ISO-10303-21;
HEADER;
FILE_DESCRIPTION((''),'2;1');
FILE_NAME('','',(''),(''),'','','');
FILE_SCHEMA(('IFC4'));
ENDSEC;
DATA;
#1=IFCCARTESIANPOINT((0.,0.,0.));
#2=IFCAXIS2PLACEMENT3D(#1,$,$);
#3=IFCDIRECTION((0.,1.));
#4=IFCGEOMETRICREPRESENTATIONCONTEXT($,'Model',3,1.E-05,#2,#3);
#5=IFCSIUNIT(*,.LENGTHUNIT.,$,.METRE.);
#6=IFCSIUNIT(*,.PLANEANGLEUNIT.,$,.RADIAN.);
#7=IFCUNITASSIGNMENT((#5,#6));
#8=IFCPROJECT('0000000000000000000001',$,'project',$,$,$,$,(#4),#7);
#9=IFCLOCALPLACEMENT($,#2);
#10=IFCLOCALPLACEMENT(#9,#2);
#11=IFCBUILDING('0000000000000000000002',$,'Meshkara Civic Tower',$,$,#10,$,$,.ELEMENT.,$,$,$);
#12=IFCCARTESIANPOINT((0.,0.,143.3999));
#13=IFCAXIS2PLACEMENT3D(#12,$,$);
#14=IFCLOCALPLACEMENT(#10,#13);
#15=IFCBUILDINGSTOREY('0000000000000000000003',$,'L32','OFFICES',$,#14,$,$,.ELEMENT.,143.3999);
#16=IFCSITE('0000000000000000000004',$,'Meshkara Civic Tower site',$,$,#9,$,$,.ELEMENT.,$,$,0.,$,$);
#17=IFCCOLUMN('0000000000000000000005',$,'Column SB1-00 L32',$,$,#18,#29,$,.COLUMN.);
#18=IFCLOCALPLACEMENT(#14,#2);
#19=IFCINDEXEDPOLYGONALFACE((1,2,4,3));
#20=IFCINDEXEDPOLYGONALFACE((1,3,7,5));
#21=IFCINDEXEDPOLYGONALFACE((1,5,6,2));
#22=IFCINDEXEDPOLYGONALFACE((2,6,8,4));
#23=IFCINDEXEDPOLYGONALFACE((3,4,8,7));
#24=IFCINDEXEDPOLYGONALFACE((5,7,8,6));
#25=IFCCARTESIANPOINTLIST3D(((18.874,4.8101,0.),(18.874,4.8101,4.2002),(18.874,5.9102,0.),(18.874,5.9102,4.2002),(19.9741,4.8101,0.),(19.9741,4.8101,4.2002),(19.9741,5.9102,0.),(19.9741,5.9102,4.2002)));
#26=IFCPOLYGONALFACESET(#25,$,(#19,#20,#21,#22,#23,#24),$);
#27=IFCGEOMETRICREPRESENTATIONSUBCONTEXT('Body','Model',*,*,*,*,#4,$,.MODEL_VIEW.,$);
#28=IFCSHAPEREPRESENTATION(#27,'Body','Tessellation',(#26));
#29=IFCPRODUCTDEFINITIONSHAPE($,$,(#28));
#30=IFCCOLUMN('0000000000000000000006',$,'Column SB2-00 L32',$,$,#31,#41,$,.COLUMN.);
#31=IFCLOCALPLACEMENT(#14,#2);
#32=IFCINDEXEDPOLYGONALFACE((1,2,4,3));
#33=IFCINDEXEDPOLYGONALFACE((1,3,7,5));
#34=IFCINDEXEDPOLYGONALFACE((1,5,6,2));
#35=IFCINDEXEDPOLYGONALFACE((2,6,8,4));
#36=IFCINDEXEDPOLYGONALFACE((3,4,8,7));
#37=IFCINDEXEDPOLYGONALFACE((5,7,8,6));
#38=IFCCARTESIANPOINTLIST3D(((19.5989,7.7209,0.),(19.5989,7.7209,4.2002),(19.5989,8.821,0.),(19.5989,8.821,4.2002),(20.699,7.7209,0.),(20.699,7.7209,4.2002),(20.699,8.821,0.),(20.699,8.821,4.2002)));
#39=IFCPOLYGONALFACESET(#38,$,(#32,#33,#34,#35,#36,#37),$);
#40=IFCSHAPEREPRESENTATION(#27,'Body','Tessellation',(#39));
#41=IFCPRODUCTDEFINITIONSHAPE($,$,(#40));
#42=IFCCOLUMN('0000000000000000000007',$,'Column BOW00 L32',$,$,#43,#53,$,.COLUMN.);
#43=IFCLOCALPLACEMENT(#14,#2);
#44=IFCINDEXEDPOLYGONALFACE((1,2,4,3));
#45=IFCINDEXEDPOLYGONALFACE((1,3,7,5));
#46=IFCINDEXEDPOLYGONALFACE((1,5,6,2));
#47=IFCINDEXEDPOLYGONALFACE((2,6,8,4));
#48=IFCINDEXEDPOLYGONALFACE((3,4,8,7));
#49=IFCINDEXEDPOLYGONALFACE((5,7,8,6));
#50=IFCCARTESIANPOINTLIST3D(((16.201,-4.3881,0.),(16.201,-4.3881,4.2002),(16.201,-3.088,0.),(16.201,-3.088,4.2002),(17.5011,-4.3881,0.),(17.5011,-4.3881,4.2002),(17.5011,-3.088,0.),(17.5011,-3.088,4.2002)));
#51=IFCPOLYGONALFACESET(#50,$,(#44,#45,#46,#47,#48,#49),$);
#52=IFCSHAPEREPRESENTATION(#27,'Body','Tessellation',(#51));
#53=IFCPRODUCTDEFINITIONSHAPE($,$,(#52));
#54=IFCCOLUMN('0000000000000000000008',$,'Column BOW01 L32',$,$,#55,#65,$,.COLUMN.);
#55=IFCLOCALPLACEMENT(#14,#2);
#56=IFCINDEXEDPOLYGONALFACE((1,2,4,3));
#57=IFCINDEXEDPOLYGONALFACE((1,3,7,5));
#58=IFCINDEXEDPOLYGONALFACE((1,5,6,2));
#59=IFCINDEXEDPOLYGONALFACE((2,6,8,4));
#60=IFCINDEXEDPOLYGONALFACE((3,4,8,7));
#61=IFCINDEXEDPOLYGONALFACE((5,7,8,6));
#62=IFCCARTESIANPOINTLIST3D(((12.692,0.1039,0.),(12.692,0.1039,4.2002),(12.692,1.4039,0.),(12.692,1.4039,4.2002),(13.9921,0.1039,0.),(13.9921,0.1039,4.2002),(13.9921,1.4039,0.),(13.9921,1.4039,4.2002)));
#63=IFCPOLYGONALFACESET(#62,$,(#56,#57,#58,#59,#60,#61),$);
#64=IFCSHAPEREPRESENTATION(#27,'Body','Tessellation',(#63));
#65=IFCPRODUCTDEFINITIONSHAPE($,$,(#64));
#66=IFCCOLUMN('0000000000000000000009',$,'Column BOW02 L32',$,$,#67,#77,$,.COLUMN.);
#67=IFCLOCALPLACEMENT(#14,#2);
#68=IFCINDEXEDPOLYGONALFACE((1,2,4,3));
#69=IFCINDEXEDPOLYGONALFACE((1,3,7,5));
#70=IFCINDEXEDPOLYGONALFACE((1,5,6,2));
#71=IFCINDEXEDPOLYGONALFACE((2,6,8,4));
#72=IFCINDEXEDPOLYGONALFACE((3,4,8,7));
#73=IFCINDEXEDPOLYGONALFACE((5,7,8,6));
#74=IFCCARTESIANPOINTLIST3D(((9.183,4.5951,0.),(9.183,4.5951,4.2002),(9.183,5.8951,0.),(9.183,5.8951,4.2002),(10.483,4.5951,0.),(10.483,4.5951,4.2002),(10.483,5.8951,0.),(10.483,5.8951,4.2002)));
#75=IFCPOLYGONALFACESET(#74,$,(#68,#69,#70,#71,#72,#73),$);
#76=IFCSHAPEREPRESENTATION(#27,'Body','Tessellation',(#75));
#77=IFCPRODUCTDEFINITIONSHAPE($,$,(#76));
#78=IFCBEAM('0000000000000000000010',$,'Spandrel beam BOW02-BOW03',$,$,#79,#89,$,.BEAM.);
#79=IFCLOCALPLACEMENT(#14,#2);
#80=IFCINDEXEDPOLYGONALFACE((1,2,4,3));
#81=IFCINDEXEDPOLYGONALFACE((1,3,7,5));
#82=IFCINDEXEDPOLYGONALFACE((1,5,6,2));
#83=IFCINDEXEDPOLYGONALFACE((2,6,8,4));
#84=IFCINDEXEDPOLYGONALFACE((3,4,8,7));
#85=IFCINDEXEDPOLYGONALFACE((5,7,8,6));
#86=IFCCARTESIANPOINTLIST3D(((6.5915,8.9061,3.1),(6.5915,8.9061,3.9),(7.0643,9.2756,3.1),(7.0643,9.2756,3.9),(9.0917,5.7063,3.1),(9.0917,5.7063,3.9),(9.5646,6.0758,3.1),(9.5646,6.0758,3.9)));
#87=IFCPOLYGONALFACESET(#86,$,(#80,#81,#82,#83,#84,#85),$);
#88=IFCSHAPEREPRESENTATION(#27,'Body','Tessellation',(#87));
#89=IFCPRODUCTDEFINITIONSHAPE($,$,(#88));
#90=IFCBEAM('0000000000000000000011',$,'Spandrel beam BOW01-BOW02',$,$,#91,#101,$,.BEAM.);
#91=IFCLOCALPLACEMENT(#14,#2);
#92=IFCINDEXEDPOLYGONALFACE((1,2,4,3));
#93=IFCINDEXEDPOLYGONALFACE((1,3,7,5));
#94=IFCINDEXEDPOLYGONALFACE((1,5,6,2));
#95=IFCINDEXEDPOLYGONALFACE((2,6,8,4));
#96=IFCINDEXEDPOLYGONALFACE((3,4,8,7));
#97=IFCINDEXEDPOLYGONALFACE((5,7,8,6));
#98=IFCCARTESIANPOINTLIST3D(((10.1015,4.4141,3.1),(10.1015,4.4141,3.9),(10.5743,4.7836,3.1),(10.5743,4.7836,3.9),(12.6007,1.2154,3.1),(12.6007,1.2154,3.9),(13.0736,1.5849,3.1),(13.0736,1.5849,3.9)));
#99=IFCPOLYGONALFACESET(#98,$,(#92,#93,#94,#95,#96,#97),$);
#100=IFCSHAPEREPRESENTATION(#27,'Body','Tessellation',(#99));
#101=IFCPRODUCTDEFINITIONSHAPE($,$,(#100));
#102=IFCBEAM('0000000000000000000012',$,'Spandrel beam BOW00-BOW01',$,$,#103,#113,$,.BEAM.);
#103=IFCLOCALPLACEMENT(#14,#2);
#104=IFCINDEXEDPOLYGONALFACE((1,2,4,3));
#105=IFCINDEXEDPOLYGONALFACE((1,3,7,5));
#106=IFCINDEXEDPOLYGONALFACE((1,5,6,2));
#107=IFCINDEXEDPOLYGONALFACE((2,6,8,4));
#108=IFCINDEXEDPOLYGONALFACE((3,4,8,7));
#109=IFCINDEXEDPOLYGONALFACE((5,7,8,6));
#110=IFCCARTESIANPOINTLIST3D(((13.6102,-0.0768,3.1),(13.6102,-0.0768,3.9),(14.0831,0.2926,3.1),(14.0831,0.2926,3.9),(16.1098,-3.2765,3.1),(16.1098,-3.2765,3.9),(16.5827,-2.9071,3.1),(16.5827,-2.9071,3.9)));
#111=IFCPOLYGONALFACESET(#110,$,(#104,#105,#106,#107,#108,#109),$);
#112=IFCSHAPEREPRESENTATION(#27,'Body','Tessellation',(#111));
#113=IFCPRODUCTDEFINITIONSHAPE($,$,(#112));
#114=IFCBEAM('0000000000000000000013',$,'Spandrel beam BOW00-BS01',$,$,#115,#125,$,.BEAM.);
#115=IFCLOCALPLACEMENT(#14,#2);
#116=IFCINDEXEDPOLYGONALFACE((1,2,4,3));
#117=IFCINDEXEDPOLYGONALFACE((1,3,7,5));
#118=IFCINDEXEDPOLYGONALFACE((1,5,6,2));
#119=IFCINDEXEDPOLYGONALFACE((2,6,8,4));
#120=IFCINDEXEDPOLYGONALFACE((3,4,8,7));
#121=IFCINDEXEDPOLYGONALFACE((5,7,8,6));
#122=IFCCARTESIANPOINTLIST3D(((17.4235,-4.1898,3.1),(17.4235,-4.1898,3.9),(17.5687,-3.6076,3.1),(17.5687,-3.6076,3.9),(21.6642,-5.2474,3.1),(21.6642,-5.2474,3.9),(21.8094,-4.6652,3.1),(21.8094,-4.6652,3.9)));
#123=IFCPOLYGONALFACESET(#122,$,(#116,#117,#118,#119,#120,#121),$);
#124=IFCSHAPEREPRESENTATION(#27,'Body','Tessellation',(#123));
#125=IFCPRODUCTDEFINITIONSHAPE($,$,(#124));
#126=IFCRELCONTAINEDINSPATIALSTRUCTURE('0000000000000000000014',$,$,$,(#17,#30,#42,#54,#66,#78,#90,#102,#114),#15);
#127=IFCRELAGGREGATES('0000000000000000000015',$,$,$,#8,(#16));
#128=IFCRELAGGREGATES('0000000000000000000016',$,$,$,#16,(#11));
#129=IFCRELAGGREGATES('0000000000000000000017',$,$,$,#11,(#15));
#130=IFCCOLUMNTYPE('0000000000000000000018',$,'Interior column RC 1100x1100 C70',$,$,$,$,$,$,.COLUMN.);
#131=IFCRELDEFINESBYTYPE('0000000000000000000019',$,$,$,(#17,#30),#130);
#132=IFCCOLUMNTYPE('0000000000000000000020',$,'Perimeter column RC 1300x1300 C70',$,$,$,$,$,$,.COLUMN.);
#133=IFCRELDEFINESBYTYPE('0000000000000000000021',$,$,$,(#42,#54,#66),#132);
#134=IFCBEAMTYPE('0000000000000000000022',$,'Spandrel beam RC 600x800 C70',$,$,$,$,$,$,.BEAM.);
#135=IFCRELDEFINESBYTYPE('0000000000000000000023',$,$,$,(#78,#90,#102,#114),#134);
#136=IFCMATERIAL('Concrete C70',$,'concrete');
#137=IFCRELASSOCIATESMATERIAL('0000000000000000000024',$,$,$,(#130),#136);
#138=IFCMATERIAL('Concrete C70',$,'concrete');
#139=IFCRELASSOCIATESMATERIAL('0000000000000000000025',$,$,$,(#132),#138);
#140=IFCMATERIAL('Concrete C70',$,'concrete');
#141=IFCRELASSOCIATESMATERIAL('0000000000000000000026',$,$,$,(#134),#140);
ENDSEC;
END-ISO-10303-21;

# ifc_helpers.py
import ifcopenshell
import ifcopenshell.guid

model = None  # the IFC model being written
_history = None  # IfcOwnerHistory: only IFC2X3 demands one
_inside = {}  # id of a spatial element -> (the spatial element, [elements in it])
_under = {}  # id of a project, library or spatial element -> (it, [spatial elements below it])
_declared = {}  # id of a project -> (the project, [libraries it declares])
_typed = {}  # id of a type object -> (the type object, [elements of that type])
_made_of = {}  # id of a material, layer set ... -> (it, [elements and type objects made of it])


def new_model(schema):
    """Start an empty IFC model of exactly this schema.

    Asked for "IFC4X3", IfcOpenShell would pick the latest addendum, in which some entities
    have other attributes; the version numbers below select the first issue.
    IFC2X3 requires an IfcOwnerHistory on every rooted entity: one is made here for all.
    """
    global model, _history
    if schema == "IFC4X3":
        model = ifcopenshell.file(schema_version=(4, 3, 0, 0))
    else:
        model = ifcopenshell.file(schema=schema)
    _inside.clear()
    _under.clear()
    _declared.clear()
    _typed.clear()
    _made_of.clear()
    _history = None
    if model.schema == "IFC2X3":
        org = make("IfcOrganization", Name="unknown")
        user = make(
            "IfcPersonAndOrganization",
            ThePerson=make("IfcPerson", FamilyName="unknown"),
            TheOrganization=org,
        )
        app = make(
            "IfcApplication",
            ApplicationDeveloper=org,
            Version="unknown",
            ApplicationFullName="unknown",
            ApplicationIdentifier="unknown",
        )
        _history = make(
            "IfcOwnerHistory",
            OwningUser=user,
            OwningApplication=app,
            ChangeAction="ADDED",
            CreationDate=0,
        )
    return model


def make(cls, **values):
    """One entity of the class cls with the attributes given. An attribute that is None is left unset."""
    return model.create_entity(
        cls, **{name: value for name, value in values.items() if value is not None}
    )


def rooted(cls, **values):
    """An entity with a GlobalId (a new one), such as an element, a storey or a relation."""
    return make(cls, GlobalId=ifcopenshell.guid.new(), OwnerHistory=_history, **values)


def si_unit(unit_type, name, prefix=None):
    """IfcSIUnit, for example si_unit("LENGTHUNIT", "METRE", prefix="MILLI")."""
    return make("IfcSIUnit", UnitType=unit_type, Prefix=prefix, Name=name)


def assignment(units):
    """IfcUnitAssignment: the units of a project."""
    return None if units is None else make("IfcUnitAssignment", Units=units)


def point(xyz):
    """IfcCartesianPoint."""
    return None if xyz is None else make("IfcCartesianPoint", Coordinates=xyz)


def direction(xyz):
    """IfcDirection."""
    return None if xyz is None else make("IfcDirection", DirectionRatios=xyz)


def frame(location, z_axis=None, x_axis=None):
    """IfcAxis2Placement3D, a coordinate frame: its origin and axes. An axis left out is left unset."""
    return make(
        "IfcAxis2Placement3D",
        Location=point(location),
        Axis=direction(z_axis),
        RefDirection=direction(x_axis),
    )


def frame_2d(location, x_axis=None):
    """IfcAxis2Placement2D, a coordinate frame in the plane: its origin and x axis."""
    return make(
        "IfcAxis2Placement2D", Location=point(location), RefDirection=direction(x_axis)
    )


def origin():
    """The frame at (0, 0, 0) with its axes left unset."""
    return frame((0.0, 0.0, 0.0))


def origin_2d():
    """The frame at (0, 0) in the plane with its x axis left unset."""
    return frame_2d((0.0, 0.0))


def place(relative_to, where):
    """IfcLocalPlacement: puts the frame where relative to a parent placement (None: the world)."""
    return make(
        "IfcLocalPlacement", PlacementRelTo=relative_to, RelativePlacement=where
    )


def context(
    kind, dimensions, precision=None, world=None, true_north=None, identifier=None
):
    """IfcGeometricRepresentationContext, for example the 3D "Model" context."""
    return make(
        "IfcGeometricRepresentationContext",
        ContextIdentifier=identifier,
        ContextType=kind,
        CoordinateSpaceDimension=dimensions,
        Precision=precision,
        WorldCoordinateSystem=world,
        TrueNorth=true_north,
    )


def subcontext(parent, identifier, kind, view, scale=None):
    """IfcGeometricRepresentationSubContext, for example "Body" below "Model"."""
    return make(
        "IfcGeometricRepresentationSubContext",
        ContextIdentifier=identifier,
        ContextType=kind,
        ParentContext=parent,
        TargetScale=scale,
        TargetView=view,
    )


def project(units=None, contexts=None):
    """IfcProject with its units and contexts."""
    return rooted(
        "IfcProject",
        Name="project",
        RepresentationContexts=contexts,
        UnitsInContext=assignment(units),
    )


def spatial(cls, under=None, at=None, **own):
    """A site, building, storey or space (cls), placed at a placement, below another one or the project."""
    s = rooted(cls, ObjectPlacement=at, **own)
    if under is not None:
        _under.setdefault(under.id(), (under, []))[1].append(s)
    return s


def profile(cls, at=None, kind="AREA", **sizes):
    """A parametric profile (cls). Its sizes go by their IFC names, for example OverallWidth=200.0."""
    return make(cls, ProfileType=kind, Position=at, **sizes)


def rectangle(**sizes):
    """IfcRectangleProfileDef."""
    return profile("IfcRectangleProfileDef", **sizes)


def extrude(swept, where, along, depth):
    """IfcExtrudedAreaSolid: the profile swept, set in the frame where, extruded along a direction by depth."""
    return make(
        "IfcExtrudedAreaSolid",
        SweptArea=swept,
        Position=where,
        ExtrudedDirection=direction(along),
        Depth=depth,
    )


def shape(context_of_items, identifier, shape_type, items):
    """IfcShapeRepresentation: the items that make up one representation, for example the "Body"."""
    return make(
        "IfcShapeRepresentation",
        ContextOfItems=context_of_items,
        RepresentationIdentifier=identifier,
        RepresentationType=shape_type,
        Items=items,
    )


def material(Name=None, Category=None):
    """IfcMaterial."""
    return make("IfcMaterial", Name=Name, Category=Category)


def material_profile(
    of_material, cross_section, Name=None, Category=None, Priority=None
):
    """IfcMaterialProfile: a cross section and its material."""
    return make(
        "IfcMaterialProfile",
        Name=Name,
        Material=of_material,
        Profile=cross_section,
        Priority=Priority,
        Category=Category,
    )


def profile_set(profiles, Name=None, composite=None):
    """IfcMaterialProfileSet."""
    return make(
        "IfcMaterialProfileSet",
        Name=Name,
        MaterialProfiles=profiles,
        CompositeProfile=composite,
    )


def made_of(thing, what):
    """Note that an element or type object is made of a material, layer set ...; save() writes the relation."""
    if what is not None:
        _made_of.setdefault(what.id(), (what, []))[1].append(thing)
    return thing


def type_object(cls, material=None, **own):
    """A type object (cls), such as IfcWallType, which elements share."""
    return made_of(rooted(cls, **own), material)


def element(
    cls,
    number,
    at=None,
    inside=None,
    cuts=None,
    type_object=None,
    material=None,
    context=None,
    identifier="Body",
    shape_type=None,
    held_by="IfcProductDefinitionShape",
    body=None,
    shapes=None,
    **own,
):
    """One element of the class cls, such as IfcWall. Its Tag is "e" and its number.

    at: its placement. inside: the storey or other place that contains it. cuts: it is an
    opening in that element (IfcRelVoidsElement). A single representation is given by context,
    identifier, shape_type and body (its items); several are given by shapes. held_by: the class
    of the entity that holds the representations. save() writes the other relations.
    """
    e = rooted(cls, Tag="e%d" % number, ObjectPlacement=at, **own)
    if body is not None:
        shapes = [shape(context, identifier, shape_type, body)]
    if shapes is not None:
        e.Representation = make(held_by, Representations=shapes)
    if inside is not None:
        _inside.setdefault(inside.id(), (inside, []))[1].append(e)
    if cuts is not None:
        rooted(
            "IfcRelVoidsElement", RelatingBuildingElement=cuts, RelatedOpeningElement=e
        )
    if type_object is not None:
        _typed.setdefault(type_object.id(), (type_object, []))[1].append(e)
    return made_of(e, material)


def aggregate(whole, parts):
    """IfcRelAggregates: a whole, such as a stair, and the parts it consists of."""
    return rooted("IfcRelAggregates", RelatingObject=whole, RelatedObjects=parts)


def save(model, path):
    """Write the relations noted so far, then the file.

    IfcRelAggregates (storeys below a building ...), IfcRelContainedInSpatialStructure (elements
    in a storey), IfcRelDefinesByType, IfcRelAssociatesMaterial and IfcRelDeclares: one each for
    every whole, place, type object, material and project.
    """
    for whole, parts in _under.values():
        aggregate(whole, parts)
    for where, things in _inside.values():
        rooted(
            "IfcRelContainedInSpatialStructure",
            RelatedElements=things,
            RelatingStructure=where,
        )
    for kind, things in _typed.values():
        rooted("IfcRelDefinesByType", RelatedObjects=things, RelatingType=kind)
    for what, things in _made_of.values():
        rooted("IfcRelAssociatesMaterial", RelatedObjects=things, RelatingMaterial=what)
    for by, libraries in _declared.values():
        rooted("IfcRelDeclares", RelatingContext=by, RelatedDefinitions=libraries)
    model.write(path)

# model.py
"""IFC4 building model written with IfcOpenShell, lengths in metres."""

from ifc_helpers import new_model, si_unit, direction, frame, origin, origin_2d, place, context, subcontext, project, spatial, rectangle, extrude, material, material_profile, profile_set, type_object, element, save


model = new_model("IFC4")

# Units and contexts
model_context = context("Model", 3, precision=1e-05, world=origin(), true_north=direction((0.0, 1.0)))
body_context = subcontext(model_context, "Body", "Model", "MODEL_VIEW")
ifc_project = project(units=[si_unit("LENGTHUNIT", "METRE"), si_unit("PLANEANGLEUNIT", "RADIAN")], contexts=[model_context])

# Site, building, storey
site_placement = place(None, origin())
site = spatial("IfcSite", under=ifc_project, at=site_placement, Name="Meshkara Civic Tower site", CompositionType="ELEMENT", RefElevation=0.0)
building_placement = place(site_placement, origin())
building = spatial("IfcBuilding", under=site, at=building_placement, Name="Meshkara Civic Tower", CompositionType="ELEMENT")
storey_placement = place(building_placement, frame((0.0, 0.0, 143.3999)))
storey = spatial("IfcBuildingStorey", under=building, at=storey_placement, Name="L32", Description="OFFICES", CompositionType="ELEMENT", Elevation=143.3999)

# Columns
ifc_material_1 = material(Name="Concrete C70", Category="concrete")
ifc_material_profile_1 = material_profile(ifc_material_1, rectangle(XDim=1.1001, YDim=1.1001, at=origin_2d()))
ifc_profile_set_1 = profile_set([ifc_material_profile_1], Name="Concrete C70")
column_type_1 = type_object("IfcColumnType", Name="Interior column RC 1100x1100 C70", PredefinedType="COLUMN", material=ifc_profile_set_1)
for number, where, z_axis, x_axis, name in (
    (1, (19.4241, 5.3601, 0.0), (0.0, 0.0, 1.0), (1.0, 0.0, 0.0), "Column SB1-00 L32"),
    (2, (20.1489, 8.271, 0.0), (0.0, 0.0, 1.0), (1.0, 0.0, 0.0), "Column SB2-00 L32"),
):
    element("IfcColumn", number, at=place(storey_placement, frame(where, z_axis=z_axis, x_axis=x_axis)), inside=storey, type_object=column_type_1, Name=name, PredefinedType="COLUMN", context=body_context, shape_type="SweptSolid", body=[
        extrude(rectangle(XDim=1.1001, YDim=1.1001, at=origin_2d()), origin(), (0.0, 0.0, 1.0), 4.2002),
    ])
ifc_material_2 = material(Name="Concrete C70", Category="concrete")
ifc_material_profile_2 = material_profile(ifc_material_2, rectangle(XDim=1.3, YDim=1.3, at=origin_2d()))
ifc_profile_set_2 = profile_set([ifc_material_profile_2], Name="Concrete C70")
column_type_2 = type_object("IfcColumnType", Name="Perimeter column RC 1300x1300 C70", PredefinedType="COLUMN", material=ifc_profile_set_2)
for number, where, z_axis, x_axis, name in (
    (3, (16.8511, -3.738, 0.0), (0.0, 0.0, 1.0), (1.0, 0.0, 0.0), "Column BOW00 L32"),
    (4, (13.342, 0.7539, 0.0), (0.0, 0.0, 1.0), (1.0, 0.0, 0.0), "Column BOW01 L32"),
    (5, (9.833, 5.2451, 0.0), (0.0, 0.0, 1.0), (1.0, 0.0, 0.0), "Column BOW02 L32"),
):
    element("IfcColumn", number, at=place(storey_placement, frame(where, z_axis=z_axis, x_axis=x_axis)), inside=storey, type_object=column_type_2, Name=name, PredefinedType="COLUMN", context=body_context, shape_type="SweptSolid", body=[
        extrude(rectangle(XDim=1.3, YDim=1.3, at=origin_2d()), origin(), (0.0, 0.0, 1.0), 4.2002),
    ])

# Beams
ifc_material_3 = material(Name="Concrete C70", Category="concrete")
ifc_material_profile_3 = material_profile(ifc_material_3, rectangle(XDim=0.6001, YDim=0.8, at=origin_2d()))
ifc_profile_set_3 = profile_set([ifc_material_profile_3], Name="Concrete C70")
beam_type = type_object("IfcBeamType", Name="Spandrel beam RC 600x800 C70", PredefinedType="BEAM", material=ifc_profile_set_3)
beam_1_placement = place(storey_placement, frame((6.8279, 9.0908, 3.5), z_axis=(0.615716, -0.787968, 0.0), x_axis=(0.787968, 0.615716, 0.0)))
element("IfcBeam", 6, at=beam_1_placement, inside=storey, type_object=beam_type, Name="Spandrel beam BOW02-BOW03", PredefinedType="BEAM", context=body_context, shape_type="SweptSolid", body=[
    extrude(rectangle(XDim=0.6001, YDim=0.8, at=origin_2d()), origin(), (0.0, 0.0, 1.0), 4.0608),
])
beam_2_placement = place(storey_placement, frame((10.3379, 4.5989, 3.5), z_axis=(0.615684, -0.787993, 0.0), x_axis=(0.787993, 0.615684, 0.0)))
element("IfcBeam", 7, at=beam_2_placement, inside=storey, type_object=beam_type, Name="Spandrel beam BOW01-BOW02", PredefinedType="BEAM", context=body_context, shape_type="SweptSolid", body=[
    extrude(rectangle(XDim=0.6001, YDim=0.8, at=origin_2d()), origin(), (0.0, 0.0, 1.0), 4.0593),
])
beam_3_placement = place(storey_placement, frame((13.8467, 0.1079, 3.5), z_axis=(0.615604, -0.788055, 0.0), x_axis=(0.788055, 0.615604, 0.0)))
element("IfcBeam", 8, at=beam_3_placement, inside=storey, type_object=beam_type, Name="Spandrel beam BOW00-BOW01", PredefinedType="BEAM", context=body_context, shape_type="SweptSolid", body=[
    extrude(rectangle(XDim=0.6001, YDim=0.8, at=origin_2d()), origin(), (0.0, 0.0, 1.0), 4.0603),
])
beam_4_placement = place(storey_placement, frame((17.4961, -3.8987, 3.5), z_axis=(0.97028, -0.241984, 0.0), x_axis=(0.241984, 0.97028, 0.0)))
element("IfcBeam", 9, at=beam_4_placement, inside=storey, type_object=beam_type, Name="Spandrel beam BOW00-BS01", PredefinedType="BEAM", context=body_context, shape_type="SweptSolid", body=[
    extrude(rectangle(XDim=0.6001, YDim=0.8, at=origin_2d()), origin(), (0.0, 0.0, 1.0), 4.3706),
])

save(model, "model.ifc")
